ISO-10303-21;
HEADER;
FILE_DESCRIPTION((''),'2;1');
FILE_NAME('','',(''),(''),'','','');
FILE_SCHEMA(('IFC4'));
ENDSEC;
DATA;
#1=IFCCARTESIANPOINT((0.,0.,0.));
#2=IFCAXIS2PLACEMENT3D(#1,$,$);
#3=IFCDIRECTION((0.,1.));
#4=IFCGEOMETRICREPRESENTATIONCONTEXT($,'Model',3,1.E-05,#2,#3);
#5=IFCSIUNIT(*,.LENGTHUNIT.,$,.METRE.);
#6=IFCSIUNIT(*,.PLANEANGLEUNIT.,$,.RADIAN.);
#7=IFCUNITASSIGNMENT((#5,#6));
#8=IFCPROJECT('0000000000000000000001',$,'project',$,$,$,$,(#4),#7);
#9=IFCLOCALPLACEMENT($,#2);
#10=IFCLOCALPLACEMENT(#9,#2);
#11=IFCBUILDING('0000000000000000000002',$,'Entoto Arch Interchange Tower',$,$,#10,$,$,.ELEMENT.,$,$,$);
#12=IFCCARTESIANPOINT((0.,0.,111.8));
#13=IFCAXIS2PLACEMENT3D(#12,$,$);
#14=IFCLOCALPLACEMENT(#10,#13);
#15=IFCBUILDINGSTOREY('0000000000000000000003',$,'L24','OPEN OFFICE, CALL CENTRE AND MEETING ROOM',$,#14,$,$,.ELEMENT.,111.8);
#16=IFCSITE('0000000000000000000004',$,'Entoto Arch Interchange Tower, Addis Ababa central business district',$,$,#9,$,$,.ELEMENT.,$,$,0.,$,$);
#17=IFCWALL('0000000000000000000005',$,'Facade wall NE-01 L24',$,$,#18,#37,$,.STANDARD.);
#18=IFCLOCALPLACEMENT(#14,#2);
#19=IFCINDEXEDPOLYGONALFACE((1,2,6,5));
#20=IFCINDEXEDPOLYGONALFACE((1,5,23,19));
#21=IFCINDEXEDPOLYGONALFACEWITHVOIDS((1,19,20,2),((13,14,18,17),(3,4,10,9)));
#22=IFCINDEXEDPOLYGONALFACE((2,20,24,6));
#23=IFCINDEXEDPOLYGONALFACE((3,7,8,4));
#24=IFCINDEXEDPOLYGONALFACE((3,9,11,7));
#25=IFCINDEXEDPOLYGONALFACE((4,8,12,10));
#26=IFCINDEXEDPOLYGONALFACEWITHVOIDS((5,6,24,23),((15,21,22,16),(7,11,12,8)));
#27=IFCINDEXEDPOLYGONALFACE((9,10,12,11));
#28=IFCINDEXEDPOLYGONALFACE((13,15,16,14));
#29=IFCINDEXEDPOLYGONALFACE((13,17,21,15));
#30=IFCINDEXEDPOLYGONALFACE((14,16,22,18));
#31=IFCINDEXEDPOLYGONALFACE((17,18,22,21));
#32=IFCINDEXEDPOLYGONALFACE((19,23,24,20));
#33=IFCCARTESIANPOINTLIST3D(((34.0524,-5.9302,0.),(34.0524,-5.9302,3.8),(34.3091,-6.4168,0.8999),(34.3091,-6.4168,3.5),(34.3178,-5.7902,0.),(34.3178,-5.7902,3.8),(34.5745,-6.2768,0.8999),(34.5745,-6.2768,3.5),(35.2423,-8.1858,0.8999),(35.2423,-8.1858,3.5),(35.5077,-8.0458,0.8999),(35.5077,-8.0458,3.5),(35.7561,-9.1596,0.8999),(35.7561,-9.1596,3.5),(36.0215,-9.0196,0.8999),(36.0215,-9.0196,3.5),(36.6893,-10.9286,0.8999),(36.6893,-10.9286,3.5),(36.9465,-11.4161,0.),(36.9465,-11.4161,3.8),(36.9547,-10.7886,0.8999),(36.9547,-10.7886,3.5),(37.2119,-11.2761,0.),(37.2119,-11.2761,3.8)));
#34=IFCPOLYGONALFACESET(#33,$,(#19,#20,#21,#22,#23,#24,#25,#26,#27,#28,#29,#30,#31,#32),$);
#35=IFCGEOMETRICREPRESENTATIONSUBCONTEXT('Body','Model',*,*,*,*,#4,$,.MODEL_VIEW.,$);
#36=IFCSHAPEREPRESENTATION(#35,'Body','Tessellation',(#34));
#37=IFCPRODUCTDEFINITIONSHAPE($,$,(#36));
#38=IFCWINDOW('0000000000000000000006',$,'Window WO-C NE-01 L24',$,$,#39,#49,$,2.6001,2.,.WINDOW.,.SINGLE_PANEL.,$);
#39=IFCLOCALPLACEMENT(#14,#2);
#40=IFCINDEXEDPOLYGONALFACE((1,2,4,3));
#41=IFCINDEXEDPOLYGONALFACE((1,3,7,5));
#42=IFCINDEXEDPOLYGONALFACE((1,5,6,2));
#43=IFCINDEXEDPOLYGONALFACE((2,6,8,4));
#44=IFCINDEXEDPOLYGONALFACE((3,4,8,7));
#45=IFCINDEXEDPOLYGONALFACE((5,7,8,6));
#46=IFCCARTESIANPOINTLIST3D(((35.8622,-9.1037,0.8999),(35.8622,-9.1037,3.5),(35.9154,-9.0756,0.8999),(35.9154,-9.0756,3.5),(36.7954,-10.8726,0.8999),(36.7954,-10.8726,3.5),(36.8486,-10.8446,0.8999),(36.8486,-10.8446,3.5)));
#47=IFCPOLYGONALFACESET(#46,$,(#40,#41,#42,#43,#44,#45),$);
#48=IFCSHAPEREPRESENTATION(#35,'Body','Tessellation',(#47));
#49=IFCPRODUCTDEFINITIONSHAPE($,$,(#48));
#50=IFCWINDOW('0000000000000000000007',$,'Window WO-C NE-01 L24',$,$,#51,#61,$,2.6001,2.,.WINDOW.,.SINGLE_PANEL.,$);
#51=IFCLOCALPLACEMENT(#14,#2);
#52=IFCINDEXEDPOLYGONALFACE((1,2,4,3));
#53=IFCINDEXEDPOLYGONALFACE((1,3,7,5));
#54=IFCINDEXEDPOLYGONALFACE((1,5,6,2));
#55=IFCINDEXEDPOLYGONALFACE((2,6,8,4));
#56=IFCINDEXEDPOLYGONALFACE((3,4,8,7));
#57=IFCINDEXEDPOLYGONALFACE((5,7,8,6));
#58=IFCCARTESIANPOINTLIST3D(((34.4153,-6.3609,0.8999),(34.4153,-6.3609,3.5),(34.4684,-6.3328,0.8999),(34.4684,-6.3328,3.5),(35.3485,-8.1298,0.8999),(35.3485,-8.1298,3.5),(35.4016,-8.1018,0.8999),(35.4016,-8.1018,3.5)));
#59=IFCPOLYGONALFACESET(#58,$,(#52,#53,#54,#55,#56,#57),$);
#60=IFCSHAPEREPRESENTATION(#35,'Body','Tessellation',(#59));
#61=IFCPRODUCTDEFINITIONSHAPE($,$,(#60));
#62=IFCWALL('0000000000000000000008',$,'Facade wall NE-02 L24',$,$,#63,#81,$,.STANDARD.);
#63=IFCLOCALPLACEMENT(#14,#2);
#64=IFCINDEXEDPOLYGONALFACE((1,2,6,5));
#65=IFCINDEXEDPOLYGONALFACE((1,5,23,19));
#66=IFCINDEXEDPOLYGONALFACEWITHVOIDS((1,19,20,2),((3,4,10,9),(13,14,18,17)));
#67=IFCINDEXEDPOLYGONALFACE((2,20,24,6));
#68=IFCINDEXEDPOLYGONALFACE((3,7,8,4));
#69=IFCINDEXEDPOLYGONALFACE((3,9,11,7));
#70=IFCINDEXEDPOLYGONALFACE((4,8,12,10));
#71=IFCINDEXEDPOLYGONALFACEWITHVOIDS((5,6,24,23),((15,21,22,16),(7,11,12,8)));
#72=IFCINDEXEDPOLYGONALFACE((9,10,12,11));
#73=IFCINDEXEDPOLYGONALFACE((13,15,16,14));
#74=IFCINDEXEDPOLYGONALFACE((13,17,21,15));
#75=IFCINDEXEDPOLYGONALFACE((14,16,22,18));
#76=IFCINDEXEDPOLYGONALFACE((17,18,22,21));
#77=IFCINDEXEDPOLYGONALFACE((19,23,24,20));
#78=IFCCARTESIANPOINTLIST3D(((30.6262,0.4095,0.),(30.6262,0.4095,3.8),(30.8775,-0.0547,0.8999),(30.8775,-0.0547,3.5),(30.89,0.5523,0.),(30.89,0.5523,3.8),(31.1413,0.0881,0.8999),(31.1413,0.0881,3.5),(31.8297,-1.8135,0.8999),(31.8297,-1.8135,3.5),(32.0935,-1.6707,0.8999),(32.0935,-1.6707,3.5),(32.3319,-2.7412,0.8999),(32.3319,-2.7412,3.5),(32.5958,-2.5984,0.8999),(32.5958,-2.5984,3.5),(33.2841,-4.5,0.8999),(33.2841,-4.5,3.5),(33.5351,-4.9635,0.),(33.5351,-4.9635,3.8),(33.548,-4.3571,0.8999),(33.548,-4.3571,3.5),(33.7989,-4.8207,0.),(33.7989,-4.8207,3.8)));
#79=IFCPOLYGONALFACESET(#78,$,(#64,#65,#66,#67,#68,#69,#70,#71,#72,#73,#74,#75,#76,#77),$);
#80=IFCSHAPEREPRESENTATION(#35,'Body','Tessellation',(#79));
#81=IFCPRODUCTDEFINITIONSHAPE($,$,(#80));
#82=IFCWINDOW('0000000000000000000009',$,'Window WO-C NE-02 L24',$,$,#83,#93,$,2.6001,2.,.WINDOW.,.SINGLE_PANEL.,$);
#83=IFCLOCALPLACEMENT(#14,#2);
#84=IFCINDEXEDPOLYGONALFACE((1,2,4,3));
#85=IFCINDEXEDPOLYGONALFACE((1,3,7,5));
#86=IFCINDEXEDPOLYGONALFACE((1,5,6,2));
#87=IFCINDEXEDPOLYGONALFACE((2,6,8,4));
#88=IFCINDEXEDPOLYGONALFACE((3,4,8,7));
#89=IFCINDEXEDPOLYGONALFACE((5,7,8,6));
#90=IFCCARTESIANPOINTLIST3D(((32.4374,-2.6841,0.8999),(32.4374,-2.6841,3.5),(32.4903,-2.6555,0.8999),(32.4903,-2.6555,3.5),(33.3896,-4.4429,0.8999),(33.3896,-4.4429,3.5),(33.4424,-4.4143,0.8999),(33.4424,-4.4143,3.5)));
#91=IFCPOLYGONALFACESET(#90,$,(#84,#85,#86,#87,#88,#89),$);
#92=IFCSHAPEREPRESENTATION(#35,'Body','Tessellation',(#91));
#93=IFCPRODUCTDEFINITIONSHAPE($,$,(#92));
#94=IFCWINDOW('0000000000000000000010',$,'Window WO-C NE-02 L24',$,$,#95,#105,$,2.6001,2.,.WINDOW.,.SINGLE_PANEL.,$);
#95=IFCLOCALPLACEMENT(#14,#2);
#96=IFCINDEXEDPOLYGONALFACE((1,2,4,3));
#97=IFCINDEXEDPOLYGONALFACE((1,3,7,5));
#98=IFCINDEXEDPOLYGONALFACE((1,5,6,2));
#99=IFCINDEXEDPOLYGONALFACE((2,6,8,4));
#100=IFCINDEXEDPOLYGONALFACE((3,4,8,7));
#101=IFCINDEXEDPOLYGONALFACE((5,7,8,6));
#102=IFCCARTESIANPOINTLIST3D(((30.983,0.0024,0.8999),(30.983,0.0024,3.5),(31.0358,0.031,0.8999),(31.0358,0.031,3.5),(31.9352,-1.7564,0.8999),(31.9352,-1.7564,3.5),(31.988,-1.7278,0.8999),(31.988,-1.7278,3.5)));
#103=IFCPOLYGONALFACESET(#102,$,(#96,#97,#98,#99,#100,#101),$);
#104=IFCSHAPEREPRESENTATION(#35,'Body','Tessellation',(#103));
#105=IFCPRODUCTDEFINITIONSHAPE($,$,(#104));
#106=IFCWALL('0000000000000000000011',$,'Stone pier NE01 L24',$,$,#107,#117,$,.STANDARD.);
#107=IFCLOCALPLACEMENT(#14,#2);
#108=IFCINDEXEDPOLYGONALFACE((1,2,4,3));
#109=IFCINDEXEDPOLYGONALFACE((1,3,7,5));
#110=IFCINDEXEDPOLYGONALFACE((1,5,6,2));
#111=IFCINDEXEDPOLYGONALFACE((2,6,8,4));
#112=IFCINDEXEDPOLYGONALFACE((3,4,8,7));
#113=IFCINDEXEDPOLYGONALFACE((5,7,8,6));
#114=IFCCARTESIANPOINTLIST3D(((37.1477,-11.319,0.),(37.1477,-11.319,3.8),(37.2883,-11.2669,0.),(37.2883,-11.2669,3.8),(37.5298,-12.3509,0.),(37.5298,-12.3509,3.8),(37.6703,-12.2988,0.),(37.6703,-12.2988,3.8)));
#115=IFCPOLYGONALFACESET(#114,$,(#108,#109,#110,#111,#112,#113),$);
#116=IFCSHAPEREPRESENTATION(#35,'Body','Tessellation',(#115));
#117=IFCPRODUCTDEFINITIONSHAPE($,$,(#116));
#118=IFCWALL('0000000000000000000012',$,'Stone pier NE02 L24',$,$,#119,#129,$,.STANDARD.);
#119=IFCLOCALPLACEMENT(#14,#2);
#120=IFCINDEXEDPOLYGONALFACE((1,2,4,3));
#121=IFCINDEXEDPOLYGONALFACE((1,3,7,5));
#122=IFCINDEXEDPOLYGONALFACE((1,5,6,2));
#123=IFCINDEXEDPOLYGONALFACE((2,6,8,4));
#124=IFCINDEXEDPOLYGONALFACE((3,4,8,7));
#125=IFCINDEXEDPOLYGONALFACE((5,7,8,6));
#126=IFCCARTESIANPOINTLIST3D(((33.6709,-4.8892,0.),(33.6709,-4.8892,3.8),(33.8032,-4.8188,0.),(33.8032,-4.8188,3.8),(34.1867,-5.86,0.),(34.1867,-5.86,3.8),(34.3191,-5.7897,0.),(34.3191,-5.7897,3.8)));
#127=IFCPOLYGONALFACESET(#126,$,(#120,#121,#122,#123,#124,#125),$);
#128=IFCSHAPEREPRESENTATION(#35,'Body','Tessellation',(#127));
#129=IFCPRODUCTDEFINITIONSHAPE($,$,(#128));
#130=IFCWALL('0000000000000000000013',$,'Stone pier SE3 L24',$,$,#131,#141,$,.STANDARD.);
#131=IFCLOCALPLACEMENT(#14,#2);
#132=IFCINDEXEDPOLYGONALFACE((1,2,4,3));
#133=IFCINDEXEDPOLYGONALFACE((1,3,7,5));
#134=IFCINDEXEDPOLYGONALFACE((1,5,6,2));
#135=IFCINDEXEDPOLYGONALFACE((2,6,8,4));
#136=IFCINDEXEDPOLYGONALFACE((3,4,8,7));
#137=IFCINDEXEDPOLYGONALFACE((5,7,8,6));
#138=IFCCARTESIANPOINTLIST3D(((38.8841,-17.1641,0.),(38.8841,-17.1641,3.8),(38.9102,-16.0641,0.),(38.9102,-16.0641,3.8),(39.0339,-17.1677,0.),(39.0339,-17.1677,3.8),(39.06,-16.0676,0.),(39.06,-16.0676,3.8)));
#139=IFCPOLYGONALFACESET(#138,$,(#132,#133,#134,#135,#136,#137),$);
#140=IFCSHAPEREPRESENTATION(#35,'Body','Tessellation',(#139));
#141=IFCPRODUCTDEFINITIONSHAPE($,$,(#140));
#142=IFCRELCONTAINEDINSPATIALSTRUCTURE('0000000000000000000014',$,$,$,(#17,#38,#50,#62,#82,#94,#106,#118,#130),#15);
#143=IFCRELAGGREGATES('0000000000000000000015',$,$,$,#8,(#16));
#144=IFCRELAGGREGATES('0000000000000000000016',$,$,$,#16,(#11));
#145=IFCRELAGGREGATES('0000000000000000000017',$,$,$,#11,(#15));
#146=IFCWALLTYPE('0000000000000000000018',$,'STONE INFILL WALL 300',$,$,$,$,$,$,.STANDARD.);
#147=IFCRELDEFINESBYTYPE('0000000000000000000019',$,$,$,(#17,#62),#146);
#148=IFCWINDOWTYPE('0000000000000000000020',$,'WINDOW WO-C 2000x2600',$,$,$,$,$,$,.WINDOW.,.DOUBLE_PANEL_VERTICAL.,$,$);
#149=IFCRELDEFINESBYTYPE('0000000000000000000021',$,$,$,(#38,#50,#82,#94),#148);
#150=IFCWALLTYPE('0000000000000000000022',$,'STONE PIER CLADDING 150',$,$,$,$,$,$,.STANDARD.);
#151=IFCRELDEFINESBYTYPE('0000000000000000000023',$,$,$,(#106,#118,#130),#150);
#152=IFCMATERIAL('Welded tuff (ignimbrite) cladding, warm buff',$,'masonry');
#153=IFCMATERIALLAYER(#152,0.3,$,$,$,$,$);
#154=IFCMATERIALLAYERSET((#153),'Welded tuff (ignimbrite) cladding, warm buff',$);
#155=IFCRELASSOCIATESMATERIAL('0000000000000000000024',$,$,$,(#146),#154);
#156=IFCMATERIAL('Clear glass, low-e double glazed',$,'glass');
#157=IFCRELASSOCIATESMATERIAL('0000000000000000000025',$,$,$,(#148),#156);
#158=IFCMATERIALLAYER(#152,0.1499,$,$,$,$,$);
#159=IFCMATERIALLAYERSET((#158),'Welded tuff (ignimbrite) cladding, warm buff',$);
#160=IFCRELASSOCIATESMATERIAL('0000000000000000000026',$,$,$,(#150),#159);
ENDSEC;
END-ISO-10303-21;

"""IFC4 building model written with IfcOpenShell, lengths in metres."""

from ifc_helpers import new_model, si_unit, direction, frame, frame_2d, origin, place, context, subcontext, project, spatial, rectangle, extrude, material, layer, layer_set, type_object, element, fill, save


model = new_model("IFC4")

# Units and contexts
model_context = context("Model", 3, precision=1e-05, world=origin(), true_north=direction((0.0, 1.0)))
body_context = subcontext(model_context, "Body", "Model", "MODEL_VIEW")
ifc_project = project(units=[si_unit("LENGTHUNIT", "METRE"), si_unit("PLANEANGLEUNIT", "RADIAN")], contexts=[model_context])

# Site, building, storey
site_placement = place(None, origin())
site = spatial("IfcSite", under=ifc_project, at=site_placement, Name="Entoto Arch Interchange Tower, Addis Ababa central business district", CompositionType="ELEMENT", RefElevation=0.0)
building_placement = place(site_placement, origin())
building = spatial("IfcBuilding", under=site, at=building_placement, Name="Entoto Arch Interchange Tower", CompositionType="ELEMENT")
storey_placement = place(building_placement, frame((0.0, 0.0, 111.8)))
storey = spatial("IfcBuildingStorey", under=building, at=storey_placement, Name="L24", Description="OPEN OFFICE, CALL CENTRE AND MEETING ROOM", CompositionType="ELEMENT", Elevation=111.8)

# Shared definitions
ifc_material_1 = material(Name="Welded tuff (ignimbrite) cladding, warm buff", Category="masonry")
ifc_layer_1 = layer(ifc_material_1, 0.3)
ifc_layer_set_1 = layer_set([ifc_layer_1], Name="Welded tuff (ignimbrite) cladding, warm buff")
wall_type_1 = type_object("IfcWallType", Name="STONE INFILL WALL 300", PredefinedType="STANDARD", material=ifc_layer_set_1)
ifc_material_2 = material(Name="Clear glass, low-e double glazed", Category="glass")

# Walls, openings, windows
wall_1_placement = place(storey_placement, frame((37.0791, -11.3459, 0.0), z_axis=(0.0, 0.0, 1.0), x_axis=(-0.4666, 0.884469, 0.0)))
wall_1 = element("IfcWall", 1, at=wall_1_placement, inside=storey, type_object=wall_type_1, Name="Facade wall NE-01 L24", PredefinedType="STANDARD", context=body_context, shape_type="SweptSolid", body=[
    extrude(rectangle(XDim=6.2024, YDim=0.3, at=frame_2d((3.1011, 0.0))), origin(), (0.0, 0.0, 1.0), 3.8),
])
opening_1_placement = place(wall_1_placement, frame((0.551, 0.0, 0.8999)))
opening_1 = element("IfcOpeningElement", 2, at=opening_1_placement, cuts=wall_1, PredefinedType="OPENING", context=body_context, shape_type="SweptSolid", body=[
    extrude(rectangle(XDim=2.0, YDim=2.6001, at=frame_2d((1.0, 1.3))), frame((0.0, 0.1602, 0.0), z_axis=(0.0, -1.0, 0.0), x_axis=(1.0, 0.0, 0.0)), (0.0, 0.0, 1.0), 0.3201),
])
opening_2_placement = place(wall_1_placement, frame((3.6521, 0.0, 0.8999)))
opening_2 = element("IfcOpeningElement", 3, at=opening_2_placement, cuts=wall_1, PredefinedType="OPENING", context=body_context, shape_type="SweptSolid", body=[
    extrude(rectangle(XDim=2.0, YDim=2.6001, at=frame_2d((1.0, 1.3))), frame((0.0, 0.1602, 0.0), z_axis=(0.0, -1.0, 0.0), x_axis=(1.0, 0.0, 0.0)), (0.0, 0.0, 1.0), 0.3201),
])
window_type_1 = type_object("IfcWindowType", Name="WINDOW WO-C 2000x2600", PartitioningType="DOUBLE_PANEL_VERTICAL", PredefinedType="WINDOW", material=ifc_material_2)
window_1_placement = place(opening_1_placement, origin())
window_1 = element("IfcWindow", 4, at=window_1_placement, inside=storey, type_object=window_type_1, Name="Window WO-C NE-01 L24", OverallHeight=2.6001, OverallWidth=2.0, PartitioningType="SINGLE_PANEL", PredefinedType="WINDOW", context=body_context, shape_type="SweptSolid", body=[
    extrude(rectangle(XDim=2.0, YDim=2.6001, at=frame_2d((1.0, 1.3))), frame((0.0, 0.03, 0.0), z_axis=(0.0, -1.0, 0.0), x_axis=(1.0, 0.0, 0.0)), (0.0, 0.0, 1.0), 0.0601),
])
fill(opening_1, window_1)
window_2_placement = place(opening_2_placement, origin())
window_2 = element("IfcWindow", 5, at=window_2_placement, inside=storey, type_object=window_type_1, Name="Window WO-C NE-01 L24", OverallHeight=2.6001, OverallWidth=2.0, PartitioningType="SINGLE_PANEL", PredefinedType="WINDOW", context=body_context, shape_type="SweptSolid", body=[
    extrude(rectangle(XDim=2.0, YDim=2.6001, at=frame_2d((1.0, 1.3))), frame((0.0, 0.03, 0.0), z_axis=(0.0, -1.0, 0.0), x_axis=(1.0, 0.0, 0.0)), (0.0, 0.0, 1.0), 0.0601),
])
fill(opening_2, window_2)
wall_2_placement = place(storey_placement, frame((33.667, -4.8921, 0.0), z_axis=(0.0, 0.0, 1.0), x_axis=(-0.476098, 0.879392, 0.0)))
wall_2 = element("IfcWall", 6, at=wall_2_placement, inside=storey, type_object=wall_type_1, Name="Facade wall NE-02 L24", PredefinedType="STANDARD", context=body_context, shape_type="SweptSolid", body=[
    extrude(rectangle(XDim=6.1099, YDim=0.3, at=frame_2d((3.0549, 0.0))), origin(), (0.0, 0.0, 1.0), 3.8),
])
opening_3_placement = place(wall_2_placement, frame((0.5271, 0.0, 0.8999)))
opening_3 = element("IfcOpeningElement", 7, at=opening_3_placement, cuts=wall_2, PredefinedType="OPENING", context=body_context, shape_type="SweptSolid", body=[
    extrude(rectangle(XDim=2.0, YDim=2.6001, at=frame_2d((1.0, 1.3))), frame((0.0, 0.1602, 0.0), z_axis=(0.0, -1.0, 0.0), x_axis=(1.0, 0.0, 0.0)), (0.0, 0.0, 1.0), 0.3201),
])
opening_4_placement = place(wall_2_placement, frame((3.582, 0.0, 0.8999)))
opening_4 = element("IfcOpeningElement", 8, at=opening_4_placement, cuts=wall_2, PredefinedType="OPENING", context=body_context, shape_type="SweptSolid", body=[
    extrude(rectangle(XDim=2.0, YDim=2.6001, at=frame_2d((1.0, 1.3))), frame((0.0, 0.1602, 0.0), z_axis=(0.0, -1.0, 0.0), x_axis=(1.0, 0.0, 0.0)), (0.0, 0.0, 1.0), 0.3201),
])
window_3_placement = place(opening_3_placement, origin())
window_3 = element("IfcWindow", 9, at=window_3_placement, inside=storey, type_object=window_type_1, Name="Window WO-C NE-02 L24", OverallHeight=2.6001, OverallWidth=2.0, PartitioningType="SINGLE_PANEL", PredefinedType="WINDOW", context=body_context, shape_type="SweptSolid", body=[
    extrude(rectangle(XDim=2.0, YDim=2.6001, at=frame_2d((1.0, 1.3))), frame((0.0, 0.03, 0.0), z_axis=(0.0, -1.0, 0.0), x_axis=(1.0, 0.0, 0.0)), (0.0, 0.0, 1.0), 0.0601),
])
fill(opening_3, window_3)
window_4_placement = place(opening_4_placement, origin())
window_4 = element("IfcWindow", 10, at=window_4_placement, inside=storey, type_object=window_type_1, Name="Window WO-C NE-02 L24", OverallHeight=2.6001, OverallWidth=2.0, PartitioningType="SINGLE_PANEL", PredefinedType="WINDOW", context=body_context, shape_type="SweptSolid", body=[
    extrude(rectangle(XDim=2.0, YDim=2.6001, at=frame_2d((1.0, 1.3))), frame((0.0, 0.03, 0.0), z_axis=(0.0, -1.0, 0.0), x_axis=(1.0, 0.0, 0.0)), (0.0, 0.0, 1.0), 0.0601),
])
fill(opening_4, window_4)

# Walls
ifc_layer_2 = layer(ifc_material_1, 0.1499)
ifc_layer_set_2 = layer_set([ifc_layer_2], Name="Welded tuff (ignimbrite) cladding, warm buff")
wall_type_2 = type_object("IfcWallType", Name="STONE PIER CLADDING 150", PredefinedType="STANDARD", material=ifc_layer_set_2)
wall_3_placement = place(storey_placement, frame((37.6001, -12.325, 0.0), z_axis=(0.0, 0.0, 1.0), x_axis=(-0.347206, 0.937789, 0.0)))
element("IfcWall", 11, at=wall_3_placement, inside=storey, type_object=wall_type_2, Name="Stone pier NE01 L24", PredefinedType="STANDARD", context=body_context, shape_type="SweptSolid", body=[
    extrude(rectangle(XDim=1.1003, YDim=0.1499, at=frame_2d((0.5503, 0.0))), origin(), (0.0, 0.0, 1.0), 3.8),
])
wall_4_placement = place(storey_placement, frame((34.2529, -5.825, 0.0), z_axis=(0.0, 0.0, 1.0), x_axis=(-0.469193, 0.883096, 0.0)))
element("IfcWall", 12, at=wall_4_placement, inside=storey, type_object=wall_type_2, Name="Stone pier NE02 L24", PredefinedType="STANDARD", context=body_context, shape_type="SweptSolid", body=[
    extrude(rectangle(XDim=1.0994, YDim=0.1499, at=frame_2d((0.5498, 0.0))), origin(), (0.0, 0.0, 1.0), 3.8),
])
wall_5_placement = place(storey_placement, frame((38.959, -17.166, 0.0), z_axis=(0.0, 0.0, 1.0), x_axis=(0.023739, 0.999718, 0.0)))
element("IfcWall", 13, at=wall_5_placement, inside=storey, type_object=wall_type_2, Name="Stone pier SE3 L24", PredefinedType="STANDARD", context=body_context, shape_type="SweptSolid", body=[
    extrude(rectangle(XDim=1.1003, YDim=0.1499, at=frame_2d((0.5503, 0.0))), origin(), (0.0, 0.0, 1.0), 3.8),
])

save(model, "model.ifc")
